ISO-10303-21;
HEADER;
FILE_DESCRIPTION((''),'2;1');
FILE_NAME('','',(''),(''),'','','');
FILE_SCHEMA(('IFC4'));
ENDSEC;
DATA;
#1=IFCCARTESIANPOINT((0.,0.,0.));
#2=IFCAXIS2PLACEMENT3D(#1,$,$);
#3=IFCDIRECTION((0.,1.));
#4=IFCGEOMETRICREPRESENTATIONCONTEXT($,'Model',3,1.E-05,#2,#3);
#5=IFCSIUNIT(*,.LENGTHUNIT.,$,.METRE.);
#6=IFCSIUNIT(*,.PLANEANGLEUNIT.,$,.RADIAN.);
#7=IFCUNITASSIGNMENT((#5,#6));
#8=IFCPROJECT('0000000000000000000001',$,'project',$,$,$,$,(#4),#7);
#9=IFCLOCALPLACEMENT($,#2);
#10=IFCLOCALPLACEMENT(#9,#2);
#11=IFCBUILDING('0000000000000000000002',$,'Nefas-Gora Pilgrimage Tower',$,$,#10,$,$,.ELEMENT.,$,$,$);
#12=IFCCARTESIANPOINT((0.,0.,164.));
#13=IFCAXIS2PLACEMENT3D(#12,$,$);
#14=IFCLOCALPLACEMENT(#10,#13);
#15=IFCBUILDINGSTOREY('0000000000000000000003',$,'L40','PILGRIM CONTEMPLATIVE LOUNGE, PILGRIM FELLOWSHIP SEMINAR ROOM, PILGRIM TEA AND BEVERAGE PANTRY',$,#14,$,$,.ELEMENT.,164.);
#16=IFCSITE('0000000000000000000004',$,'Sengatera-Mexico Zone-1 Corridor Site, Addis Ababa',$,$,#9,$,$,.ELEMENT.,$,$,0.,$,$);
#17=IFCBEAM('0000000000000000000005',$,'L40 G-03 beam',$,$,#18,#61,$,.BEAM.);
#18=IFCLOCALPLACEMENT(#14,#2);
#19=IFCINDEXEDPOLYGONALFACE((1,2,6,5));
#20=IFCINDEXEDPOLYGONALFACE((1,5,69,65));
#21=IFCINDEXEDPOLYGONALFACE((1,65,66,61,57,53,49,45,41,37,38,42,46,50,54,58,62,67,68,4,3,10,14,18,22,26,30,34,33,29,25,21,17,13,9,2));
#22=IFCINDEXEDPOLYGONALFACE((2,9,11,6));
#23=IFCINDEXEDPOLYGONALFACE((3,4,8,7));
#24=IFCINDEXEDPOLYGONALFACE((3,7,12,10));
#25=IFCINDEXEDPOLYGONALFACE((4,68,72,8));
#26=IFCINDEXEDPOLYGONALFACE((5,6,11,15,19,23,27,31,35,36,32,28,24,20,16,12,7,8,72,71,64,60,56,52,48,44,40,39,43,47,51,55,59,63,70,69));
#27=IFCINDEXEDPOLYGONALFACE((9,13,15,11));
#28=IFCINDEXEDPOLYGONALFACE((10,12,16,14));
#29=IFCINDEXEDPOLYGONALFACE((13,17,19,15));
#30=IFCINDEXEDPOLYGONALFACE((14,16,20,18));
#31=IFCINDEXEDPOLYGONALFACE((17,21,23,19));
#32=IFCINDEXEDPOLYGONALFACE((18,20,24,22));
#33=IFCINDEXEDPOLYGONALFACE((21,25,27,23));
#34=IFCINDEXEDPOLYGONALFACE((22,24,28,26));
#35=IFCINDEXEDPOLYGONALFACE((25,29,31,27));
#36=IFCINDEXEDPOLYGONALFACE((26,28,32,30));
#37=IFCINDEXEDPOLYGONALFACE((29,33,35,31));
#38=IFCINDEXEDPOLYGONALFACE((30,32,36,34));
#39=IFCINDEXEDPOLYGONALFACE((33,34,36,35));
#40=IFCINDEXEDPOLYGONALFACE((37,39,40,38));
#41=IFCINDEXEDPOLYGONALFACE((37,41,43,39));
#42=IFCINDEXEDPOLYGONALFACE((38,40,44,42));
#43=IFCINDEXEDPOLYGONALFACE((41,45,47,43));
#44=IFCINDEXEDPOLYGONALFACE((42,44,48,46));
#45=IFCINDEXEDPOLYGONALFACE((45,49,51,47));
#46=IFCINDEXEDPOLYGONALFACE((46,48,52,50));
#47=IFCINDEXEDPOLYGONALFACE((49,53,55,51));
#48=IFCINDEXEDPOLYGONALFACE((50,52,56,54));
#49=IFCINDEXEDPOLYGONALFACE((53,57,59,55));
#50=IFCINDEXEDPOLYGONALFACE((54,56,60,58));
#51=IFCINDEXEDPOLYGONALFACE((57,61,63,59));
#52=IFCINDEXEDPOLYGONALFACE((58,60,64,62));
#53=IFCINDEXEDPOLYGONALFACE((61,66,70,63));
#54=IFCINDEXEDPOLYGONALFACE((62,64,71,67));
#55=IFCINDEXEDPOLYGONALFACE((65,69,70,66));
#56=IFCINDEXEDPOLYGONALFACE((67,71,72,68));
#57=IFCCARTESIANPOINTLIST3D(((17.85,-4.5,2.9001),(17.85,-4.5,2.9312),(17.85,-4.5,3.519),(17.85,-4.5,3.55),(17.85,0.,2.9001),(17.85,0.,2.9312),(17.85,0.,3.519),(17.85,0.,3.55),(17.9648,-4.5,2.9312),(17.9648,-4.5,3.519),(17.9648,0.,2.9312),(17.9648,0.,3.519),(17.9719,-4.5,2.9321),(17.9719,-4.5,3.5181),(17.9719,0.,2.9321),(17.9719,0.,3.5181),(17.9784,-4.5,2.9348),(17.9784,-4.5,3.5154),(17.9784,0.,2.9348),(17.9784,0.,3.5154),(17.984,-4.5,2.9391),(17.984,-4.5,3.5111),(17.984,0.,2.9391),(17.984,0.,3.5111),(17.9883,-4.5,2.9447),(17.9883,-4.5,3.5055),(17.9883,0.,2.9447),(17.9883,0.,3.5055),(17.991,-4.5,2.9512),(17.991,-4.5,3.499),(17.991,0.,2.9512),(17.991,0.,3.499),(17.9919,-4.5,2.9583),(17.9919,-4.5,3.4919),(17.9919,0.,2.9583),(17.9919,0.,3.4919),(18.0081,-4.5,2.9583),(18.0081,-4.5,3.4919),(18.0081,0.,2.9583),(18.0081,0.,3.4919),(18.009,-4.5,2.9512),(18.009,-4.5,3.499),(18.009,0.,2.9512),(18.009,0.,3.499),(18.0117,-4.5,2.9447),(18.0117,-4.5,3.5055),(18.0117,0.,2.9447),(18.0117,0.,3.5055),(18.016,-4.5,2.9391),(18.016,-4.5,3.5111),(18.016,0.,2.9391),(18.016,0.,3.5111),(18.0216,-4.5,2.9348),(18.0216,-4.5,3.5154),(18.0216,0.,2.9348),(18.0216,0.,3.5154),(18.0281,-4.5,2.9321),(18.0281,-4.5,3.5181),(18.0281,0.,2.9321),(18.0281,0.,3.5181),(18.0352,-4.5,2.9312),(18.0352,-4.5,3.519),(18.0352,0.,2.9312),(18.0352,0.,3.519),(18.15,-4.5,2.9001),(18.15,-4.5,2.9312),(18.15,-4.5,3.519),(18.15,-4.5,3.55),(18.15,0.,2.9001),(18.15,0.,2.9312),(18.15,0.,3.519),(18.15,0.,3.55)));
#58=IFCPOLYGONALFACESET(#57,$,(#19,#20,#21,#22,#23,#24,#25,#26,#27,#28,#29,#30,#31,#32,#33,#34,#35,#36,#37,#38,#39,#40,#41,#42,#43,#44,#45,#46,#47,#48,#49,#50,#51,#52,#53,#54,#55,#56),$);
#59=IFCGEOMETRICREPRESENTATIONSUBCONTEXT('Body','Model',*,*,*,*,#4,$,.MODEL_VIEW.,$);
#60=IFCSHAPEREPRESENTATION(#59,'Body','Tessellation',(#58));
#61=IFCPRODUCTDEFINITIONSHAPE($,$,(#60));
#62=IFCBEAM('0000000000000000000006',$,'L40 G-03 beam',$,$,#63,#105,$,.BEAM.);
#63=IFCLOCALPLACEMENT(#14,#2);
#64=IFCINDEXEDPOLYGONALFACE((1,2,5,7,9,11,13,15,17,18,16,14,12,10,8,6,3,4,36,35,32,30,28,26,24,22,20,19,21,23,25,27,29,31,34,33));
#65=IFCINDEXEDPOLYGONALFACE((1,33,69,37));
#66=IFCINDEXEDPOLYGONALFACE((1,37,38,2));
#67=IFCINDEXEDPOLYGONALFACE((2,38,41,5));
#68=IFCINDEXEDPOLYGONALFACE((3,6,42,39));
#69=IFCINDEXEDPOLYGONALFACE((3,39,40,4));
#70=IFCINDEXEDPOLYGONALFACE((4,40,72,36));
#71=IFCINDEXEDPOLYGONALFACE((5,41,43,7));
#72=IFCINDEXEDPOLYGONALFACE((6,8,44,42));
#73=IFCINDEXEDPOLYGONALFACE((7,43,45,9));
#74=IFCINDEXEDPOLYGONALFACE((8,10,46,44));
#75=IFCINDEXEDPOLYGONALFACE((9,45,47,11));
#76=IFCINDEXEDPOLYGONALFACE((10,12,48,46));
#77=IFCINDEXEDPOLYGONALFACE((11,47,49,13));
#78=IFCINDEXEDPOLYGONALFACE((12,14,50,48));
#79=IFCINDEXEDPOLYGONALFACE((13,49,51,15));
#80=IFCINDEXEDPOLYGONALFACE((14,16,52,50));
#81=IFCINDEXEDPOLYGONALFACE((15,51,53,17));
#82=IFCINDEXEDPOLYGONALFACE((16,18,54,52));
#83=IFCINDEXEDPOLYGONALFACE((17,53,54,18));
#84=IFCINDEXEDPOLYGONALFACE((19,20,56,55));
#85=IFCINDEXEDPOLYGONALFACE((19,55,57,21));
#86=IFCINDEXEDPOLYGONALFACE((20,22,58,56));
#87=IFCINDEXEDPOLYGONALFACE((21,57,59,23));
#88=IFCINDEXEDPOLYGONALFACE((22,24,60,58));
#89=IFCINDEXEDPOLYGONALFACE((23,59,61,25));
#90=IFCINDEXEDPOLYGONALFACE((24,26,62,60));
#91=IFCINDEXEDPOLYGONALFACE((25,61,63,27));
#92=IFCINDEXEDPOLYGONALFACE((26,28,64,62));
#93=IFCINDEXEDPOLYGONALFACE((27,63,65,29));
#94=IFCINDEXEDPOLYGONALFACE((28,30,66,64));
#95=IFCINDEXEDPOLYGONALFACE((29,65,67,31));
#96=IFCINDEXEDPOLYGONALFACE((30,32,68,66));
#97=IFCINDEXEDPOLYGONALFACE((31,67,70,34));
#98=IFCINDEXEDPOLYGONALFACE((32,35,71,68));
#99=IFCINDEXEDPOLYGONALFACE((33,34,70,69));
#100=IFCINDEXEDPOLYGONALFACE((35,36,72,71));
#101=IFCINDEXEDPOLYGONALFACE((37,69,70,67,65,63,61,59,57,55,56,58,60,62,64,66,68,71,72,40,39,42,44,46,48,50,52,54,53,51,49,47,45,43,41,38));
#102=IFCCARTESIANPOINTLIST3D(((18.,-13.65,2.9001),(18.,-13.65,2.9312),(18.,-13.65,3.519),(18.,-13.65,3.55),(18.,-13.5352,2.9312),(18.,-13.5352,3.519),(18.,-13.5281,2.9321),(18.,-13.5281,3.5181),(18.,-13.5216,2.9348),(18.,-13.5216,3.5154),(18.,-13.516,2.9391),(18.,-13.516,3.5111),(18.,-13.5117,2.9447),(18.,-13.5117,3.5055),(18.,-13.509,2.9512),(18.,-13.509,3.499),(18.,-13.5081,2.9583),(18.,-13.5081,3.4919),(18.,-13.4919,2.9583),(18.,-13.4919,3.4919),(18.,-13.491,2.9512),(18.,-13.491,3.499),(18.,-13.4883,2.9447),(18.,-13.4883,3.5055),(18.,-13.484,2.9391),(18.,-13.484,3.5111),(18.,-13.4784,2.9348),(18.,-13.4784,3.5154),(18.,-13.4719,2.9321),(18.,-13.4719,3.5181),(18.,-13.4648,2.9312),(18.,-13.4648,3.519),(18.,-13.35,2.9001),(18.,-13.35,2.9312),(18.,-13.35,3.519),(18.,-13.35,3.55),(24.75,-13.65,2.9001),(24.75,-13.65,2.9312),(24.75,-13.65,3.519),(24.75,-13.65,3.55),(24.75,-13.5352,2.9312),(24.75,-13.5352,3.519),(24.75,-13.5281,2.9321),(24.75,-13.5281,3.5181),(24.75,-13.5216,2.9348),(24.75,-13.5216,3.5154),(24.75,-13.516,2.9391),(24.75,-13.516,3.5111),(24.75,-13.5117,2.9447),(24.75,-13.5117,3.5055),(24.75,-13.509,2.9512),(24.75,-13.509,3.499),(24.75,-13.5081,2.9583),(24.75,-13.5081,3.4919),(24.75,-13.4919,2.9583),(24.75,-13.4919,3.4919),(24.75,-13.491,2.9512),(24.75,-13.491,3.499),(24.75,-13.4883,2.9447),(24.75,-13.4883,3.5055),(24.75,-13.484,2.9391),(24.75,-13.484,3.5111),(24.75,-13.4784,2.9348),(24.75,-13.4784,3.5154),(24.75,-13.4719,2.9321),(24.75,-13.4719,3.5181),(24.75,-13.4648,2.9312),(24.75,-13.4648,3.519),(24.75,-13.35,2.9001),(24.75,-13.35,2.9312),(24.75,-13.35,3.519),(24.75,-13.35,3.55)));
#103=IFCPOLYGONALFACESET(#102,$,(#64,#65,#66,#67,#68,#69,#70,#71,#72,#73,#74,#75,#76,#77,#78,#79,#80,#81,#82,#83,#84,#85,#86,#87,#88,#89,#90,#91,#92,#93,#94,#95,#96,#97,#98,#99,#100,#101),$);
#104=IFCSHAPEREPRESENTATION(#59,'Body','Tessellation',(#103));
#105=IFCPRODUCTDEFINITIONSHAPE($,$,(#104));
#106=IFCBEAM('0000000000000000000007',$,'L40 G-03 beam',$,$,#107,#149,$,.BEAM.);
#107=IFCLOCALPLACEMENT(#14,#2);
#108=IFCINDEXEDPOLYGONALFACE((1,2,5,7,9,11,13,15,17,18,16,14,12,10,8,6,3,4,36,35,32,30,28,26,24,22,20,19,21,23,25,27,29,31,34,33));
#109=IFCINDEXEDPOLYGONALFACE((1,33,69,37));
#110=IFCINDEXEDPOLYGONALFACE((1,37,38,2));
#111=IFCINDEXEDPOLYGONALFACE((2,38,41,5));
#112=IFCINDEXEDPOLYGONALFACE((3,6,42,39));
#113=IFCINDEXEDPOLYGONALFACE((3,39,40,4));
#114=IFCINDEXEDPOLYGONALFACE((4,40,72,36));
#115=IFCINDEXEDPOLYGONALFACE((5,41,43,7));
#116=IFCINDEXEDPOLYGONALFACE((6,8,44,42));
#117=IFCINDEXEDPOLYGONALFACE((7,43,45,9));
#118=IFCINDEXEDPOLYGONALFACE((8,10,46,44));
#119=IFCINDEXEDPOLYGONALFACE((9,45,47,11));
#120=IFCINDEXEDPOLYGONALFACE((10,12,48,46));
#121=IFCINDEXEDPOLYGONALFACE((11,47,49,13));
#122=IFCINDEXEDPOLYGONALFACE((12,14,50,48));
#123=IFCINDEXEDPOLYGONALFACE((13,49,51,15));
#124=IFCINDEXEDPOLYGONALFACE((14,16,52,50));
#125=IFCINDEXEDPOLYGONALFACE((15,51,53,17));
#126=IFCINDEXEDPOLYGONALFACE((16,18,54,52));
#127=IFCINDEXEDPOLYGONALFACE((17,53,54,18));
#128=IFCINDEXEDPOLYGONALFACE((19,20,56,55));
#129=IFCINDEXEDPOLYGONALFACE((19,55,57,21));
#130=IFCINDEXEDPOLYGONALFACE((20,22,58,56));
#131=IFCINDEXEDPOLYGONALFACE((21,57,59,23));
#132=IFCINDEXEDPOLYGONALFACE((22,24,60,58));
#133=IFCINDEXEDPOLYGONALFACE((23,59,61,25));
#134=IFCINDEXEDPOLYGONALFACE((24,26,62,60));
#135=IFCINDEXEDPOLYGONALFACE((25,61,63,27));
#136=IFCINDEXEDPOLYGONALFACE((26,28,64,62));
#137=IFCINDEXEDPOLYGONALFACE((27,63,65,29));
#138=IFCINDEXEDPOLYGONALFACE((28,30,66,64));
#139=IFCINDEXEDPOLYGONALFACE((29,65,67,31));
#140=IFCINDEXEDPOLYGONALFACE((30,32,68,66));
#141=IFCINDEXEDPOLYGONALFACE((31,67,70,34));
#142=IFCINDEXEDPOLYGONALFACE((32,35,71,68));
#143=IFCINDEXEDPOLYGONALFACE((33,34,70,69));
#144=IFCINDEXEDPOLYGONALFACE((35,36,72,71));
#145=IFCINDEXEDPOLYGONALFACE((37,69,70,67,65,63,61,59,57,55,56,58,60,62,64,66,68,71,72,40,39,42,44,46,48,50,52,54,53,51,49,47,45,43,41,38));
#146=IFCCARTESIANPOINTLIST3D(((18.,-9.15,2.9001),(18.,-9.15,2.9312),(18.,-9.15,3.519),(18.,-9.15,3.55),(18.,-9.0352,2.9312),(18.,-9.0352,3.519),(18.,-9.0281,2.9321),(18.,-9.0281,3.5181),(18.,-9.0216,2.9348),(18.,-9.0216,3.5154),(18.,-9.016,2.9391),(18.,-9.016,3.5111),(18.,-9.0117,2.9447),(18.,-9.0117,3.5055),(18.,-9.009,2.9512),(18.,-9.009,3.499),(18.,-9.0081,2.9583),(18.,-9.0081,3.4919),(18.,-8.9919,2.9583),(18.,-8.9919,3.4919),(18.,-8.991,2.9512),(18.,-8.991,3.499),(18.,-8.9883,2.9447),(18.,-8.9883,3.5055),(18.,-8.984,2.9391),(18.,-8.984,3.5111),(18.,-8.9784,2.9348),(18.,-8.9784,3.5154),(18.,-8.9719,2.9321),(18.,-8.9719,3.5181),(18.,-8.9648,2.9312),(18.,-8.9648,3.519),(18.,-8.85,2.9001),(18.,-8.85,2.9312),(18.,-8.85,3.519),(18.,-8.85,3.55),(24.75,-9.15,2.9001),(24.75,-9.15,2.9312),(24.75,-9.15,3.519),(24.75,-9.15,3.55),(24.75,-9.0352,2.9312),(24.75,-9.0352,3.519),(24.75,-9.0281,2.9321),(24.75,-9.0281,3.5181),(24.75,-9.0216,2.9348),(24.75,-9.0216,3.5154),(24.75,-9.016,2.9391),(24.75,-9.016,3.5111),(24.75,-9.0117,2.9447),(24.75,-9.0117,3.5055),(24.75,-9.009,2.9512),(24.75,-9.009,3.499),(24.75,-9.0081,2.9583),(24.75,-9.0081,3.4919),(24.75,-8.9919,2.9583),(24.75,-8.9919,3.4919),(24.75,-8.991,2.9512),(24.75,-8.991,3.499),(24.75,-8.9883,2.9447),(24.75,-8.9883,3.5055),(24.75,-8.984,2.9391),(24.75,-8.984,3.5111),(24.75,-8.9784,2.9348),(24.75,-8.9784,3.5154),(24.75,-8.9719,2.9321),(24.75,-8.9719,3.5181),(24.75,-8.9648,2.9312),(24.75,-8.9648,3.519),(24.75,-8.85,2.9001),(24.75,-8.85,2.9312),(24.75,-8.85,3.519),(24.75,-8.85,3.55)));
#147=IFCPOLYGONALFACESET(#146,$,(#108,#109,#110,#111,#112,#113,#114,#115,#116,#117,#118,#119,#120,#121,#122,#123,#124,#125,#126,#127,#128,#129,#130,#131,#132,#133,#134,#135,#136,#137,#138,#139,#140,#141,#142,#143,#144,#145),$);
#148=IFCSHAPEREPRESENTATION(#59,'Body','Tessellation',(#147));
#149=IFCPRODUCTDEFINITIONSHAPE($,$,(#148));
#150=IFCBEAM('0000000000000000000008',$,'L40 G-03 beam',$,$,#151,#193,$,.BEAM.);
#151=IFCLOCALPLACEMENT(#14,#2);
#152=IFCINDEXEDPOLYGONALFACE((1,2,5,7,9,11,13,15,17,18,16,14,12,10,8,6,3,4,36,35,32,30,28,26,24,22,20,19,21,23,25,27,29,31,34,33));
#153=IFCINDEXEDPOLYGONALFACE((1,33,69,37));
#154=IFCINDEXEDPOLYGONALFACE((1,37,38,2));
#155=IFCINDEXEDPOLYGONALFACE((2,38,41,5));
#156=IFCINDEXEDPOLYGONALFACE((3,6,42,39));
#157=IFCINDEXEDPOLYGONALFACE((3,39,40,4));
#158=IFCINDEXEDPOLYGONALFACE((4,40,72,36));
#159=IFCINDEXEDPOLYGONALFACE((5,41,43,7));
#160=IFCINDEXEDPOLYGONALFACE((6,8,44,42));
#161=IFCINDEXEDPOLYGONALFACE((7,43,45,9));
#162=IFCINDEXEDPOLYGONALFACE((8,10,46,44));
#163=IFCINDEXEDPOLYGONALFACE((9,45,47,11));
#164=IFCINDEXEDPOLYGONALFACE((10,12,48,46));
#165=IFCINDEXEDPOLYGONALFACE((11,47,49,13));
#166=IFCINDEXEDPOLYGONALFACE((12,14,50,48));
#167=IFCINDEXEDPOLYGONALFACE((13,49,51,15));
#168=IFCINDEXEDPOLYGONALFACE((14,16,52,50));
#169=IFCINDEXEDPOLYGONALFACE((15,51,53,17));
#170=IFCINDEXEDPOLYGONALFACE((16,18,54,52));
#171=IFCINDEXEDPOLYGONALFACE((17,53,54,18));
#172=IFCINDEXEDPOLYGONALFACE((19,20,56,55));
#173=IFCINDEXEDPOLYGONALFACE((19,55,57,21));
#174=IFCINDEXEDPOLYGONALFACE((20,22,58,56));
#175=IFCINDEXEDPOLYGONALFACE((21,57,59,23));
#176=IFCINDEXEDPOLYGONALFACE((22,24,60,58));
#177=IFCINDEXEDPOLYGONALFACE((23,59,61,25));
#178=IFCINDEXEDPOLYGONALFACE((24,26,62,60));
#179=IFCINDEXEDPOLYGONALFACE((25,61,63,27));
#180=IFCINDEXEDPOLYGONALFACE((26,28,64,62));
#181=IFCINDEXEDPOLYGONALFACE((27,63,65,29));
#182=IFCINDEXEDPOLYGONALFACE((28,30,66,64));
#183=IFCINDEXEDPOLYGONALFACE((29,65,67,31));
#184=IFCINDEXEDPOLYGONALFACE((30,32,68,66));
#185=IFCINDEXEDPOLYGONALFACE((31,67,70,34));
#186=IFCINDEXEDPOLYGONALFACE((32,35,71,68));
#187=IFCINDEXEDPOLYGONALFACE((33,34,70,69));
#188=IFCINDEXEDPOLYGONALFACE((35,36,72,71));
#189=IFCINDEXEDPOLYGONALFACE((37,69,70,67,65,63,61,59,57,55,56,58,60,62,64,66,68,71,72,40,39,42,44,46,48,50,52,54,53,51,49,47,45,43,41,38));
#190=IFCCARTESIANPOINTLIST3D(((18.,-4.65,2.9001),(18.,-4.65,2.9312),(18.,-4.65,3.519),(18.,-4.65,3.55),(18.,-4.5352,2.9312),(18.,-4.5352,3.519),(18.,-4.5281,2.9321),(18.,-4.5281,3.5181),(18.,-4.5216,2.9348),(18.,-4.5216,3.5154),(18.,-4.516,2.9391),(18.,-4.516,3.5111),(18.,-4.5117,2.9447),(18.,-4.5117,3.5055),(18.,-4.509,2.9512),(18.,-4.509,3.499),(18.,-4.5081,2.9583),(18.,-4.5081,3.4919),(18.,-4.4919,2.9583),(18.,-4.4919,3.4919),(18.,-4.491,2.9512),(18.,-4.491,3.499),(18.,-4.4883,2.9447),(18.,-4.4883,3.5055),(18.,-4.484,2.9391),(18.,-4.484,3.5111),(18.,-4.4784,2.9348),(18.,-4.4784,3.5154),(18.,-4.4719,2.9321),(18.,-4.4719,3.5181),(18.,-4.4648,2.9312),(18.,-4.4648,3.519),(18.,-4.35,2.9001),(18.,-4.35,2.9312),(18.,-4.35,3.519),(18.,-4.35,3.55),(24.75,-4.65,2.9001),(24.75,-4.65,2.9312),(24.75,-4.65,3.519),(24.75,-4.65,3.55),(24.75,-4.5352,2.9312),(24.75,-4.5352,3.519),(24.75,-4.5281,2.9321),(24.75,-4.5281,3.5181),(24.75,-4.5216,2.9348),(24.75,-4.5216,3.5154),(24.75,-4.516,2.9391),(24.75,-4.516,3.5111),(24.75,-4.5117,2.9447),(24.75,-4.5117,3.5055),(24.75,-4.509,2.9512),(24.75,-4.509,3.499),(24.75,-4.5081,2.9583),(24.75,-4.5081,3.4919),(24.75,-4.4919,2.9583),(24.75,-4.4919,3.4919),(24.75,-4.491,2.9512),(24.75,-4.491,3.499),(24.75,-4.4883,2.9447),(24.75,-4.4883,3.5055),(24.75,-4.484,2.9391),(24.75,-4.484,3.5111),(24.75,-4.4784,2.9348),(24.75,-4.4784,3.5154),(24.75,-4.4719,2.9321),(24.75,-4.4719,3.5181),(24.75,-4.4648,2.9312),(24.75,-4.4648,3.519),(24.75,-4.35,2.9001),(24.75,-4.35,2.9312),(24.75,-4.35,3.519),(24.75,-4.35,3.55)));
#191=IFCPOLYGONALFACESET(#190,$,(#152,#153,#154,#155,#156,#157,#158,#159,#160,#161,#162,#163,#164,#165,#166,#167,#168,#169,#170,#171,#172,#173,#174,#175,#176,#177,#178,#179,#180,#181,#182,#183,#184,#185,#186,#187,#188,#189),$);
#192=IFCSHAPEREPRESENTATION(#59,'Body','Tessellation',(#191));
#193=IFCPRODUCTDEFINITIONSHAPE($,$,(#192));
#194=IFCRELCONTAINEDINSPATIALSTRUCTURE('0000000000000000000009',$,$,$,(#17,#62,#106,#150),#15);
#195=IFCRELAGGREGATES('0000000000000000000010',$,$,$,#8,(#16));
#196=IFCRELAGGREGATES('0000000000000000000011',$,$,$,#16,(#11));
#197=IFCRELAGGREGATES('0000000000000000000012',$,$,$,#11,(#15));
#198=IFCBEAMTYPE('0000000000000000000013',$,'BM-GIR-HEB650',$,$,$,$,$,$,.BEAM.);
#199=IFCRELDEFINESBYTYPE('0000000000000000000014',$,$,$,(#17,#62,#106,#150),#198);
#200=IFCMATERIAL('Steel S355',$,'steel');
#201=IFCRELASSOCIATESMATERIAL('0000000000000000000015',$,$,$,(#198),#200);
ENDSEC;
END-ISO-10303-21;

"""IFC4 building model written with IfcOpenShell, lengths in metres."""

from ifc_helpers import new_model, si_unit, direction, frame, origin, origin_2d, place, context, subcontext, project, spatial, i_section, extrude, source, transform, mapped, material, material_profile, profile_set, type_object, element, save


model = new_model("IFC4")

# Units and contexts
model_context = context("Model", 3, precision=1e-05, world=origin(), true_north=direction((0.0, 1.0)))
body_context = subcontext(model_context, "Body", "Model", "MODEL_VIEW")
ifc_project = project(units=[si_unit("LENGTHUNIT", "METRE"), si_unit("PLANEANGLEUNIT", "RADIAN")], contexts=[model_context])

# Site, building, storey
site_placement = place(None, origin())
site = spatial("IfcSite", under=ifc_project, at=site_placement, Name="Sengatera-Mexico Zone-1 Corridor Site, Addis Ababa", CompositionType="ELEMENT", RefElevation=0.0)
building_placement = place(site_placement, origin())
building = spatial("IfcBuilding", under=site, at=building_placement, Name="Nefas-Gora Pilgrimage Tower", CompositionType="ELEMENT")
storey_placement = place(building_placement, frame((0.0, 0.0, 164.0)))
storey = spatial("IfcBuildingStorey", under=building, at=storey_placement, Name="L40", Description="PILGRIM CONTEMPLATIVE LOUNGE, PILGRIM FELLOWSHIP SEMINAR ROOM, PILGRIM TEA AND BEVERAGE PANTRY", CompositionType="ELEMENT", Elevation=164.0)

# Beams
ifc_material_1 = material(Name="Steel S355", Category="steel")
ifc_material_profile_1 = material_profile(ifc_material_1, i_section(OverallWidth=0.3, OverallDepth=0.6499, WebThickness=0.0161, FlangeThickness=0.031, FilletRadius=0.0271, at=origin_2d()), Name="HEB 650")
ifc_profile_set_1 = profile_set([ifc_material_profile_1], Name="Steel S355")
beam_type_1 = type_object("IfcBeamType", Name="BM-GIR-HEB650", PredefinedType="BEAM", material=ifc_profile_set_1)
shared_shape_1 = source(origin(), body_context, "Body", "SweptSolid", [
    extrude(i_section(OverallWidth=0.3, OverallDepth=0.6499, WebThickness=0.0161, FlangeThickness=0.031, FilletRadius=0.0271, at=origin_2d()), origin(), (0.0, 0.0, 1.0), 4.5),
])
for number, where, z_axis, x_axis, name in (
    (1, (18.0, -4.5, 3.2251), (0.0, 1.0, 0.0), (-1.0, 0.0, 0.0), "L40 G-03 beam"),
):
    element("IfcBeam", number, at=place(storey_placement, frame(where, z_axis=z_axis, x_axis=x_axis)), inside=storey, type_object=beam_type_1, Name=name, PredefinedType="BEAM", context=body_context, shape_type="MappedRepresentation", body=[
        mapped(shared_shape_1, transform((0.0, 0.0, 0.0), x_axis=(1.0, 0.0, 0.0), y_axis=(0.0, 1.0, 0.0), z_axis=(0.0, 0.0, 1.0), scale=1.0)),
    ])
shared_shape_2 = source(origin(), body_context, "Body", "SweptSolid", [
    extrude(i_section(OverallWidth=0.3, OverallDepth=0.6499, WebThickness=0.0161, FlangeThickness=0.031, FilletRadius=0.0271, at=origin_2d()), origin(), (0.0, 0.0, 1.0), 6.75),
])
for number, where, z_axis, x_axis, name in (
    (2, (18.0, -13.5, 3.2251), (1.0, 0.0, 0.0), (0.0, 1.0, 0.0), "L40 G-03 beam"),
    (3, (18.0, -9.0, 3.2251), (1.0, 0.0, 0.0), (0.0, 1.0, 0.0), "L40 G-03 beam"),
    (4, (18.0, -4.5, 3.2251), (1.0, 0.0, 0.0), (0.0, 1.0, 0.0), "L40 G-03 beam"),
):
    element("IfcBeam", number, at=place(storey_placement, frame(where, z_axis=z_axis, x_axis=x_axis)), inside=storey, type_object=beam_type_1, Name=name, PredefinedType="BEAM", context=body_context, shape_type="MappedRepresentation", body=[
        mapped(shared_shape_2, transform((0.0, 0.0, 0.0), x_axis=(1.0, 0.0, 0.0), y_axis=(0.0, 1.0, 0.0), z_axis=(0.0, 0.0, 1.0), scale=1.0)),
    ])

save(model, "model.ifc")
